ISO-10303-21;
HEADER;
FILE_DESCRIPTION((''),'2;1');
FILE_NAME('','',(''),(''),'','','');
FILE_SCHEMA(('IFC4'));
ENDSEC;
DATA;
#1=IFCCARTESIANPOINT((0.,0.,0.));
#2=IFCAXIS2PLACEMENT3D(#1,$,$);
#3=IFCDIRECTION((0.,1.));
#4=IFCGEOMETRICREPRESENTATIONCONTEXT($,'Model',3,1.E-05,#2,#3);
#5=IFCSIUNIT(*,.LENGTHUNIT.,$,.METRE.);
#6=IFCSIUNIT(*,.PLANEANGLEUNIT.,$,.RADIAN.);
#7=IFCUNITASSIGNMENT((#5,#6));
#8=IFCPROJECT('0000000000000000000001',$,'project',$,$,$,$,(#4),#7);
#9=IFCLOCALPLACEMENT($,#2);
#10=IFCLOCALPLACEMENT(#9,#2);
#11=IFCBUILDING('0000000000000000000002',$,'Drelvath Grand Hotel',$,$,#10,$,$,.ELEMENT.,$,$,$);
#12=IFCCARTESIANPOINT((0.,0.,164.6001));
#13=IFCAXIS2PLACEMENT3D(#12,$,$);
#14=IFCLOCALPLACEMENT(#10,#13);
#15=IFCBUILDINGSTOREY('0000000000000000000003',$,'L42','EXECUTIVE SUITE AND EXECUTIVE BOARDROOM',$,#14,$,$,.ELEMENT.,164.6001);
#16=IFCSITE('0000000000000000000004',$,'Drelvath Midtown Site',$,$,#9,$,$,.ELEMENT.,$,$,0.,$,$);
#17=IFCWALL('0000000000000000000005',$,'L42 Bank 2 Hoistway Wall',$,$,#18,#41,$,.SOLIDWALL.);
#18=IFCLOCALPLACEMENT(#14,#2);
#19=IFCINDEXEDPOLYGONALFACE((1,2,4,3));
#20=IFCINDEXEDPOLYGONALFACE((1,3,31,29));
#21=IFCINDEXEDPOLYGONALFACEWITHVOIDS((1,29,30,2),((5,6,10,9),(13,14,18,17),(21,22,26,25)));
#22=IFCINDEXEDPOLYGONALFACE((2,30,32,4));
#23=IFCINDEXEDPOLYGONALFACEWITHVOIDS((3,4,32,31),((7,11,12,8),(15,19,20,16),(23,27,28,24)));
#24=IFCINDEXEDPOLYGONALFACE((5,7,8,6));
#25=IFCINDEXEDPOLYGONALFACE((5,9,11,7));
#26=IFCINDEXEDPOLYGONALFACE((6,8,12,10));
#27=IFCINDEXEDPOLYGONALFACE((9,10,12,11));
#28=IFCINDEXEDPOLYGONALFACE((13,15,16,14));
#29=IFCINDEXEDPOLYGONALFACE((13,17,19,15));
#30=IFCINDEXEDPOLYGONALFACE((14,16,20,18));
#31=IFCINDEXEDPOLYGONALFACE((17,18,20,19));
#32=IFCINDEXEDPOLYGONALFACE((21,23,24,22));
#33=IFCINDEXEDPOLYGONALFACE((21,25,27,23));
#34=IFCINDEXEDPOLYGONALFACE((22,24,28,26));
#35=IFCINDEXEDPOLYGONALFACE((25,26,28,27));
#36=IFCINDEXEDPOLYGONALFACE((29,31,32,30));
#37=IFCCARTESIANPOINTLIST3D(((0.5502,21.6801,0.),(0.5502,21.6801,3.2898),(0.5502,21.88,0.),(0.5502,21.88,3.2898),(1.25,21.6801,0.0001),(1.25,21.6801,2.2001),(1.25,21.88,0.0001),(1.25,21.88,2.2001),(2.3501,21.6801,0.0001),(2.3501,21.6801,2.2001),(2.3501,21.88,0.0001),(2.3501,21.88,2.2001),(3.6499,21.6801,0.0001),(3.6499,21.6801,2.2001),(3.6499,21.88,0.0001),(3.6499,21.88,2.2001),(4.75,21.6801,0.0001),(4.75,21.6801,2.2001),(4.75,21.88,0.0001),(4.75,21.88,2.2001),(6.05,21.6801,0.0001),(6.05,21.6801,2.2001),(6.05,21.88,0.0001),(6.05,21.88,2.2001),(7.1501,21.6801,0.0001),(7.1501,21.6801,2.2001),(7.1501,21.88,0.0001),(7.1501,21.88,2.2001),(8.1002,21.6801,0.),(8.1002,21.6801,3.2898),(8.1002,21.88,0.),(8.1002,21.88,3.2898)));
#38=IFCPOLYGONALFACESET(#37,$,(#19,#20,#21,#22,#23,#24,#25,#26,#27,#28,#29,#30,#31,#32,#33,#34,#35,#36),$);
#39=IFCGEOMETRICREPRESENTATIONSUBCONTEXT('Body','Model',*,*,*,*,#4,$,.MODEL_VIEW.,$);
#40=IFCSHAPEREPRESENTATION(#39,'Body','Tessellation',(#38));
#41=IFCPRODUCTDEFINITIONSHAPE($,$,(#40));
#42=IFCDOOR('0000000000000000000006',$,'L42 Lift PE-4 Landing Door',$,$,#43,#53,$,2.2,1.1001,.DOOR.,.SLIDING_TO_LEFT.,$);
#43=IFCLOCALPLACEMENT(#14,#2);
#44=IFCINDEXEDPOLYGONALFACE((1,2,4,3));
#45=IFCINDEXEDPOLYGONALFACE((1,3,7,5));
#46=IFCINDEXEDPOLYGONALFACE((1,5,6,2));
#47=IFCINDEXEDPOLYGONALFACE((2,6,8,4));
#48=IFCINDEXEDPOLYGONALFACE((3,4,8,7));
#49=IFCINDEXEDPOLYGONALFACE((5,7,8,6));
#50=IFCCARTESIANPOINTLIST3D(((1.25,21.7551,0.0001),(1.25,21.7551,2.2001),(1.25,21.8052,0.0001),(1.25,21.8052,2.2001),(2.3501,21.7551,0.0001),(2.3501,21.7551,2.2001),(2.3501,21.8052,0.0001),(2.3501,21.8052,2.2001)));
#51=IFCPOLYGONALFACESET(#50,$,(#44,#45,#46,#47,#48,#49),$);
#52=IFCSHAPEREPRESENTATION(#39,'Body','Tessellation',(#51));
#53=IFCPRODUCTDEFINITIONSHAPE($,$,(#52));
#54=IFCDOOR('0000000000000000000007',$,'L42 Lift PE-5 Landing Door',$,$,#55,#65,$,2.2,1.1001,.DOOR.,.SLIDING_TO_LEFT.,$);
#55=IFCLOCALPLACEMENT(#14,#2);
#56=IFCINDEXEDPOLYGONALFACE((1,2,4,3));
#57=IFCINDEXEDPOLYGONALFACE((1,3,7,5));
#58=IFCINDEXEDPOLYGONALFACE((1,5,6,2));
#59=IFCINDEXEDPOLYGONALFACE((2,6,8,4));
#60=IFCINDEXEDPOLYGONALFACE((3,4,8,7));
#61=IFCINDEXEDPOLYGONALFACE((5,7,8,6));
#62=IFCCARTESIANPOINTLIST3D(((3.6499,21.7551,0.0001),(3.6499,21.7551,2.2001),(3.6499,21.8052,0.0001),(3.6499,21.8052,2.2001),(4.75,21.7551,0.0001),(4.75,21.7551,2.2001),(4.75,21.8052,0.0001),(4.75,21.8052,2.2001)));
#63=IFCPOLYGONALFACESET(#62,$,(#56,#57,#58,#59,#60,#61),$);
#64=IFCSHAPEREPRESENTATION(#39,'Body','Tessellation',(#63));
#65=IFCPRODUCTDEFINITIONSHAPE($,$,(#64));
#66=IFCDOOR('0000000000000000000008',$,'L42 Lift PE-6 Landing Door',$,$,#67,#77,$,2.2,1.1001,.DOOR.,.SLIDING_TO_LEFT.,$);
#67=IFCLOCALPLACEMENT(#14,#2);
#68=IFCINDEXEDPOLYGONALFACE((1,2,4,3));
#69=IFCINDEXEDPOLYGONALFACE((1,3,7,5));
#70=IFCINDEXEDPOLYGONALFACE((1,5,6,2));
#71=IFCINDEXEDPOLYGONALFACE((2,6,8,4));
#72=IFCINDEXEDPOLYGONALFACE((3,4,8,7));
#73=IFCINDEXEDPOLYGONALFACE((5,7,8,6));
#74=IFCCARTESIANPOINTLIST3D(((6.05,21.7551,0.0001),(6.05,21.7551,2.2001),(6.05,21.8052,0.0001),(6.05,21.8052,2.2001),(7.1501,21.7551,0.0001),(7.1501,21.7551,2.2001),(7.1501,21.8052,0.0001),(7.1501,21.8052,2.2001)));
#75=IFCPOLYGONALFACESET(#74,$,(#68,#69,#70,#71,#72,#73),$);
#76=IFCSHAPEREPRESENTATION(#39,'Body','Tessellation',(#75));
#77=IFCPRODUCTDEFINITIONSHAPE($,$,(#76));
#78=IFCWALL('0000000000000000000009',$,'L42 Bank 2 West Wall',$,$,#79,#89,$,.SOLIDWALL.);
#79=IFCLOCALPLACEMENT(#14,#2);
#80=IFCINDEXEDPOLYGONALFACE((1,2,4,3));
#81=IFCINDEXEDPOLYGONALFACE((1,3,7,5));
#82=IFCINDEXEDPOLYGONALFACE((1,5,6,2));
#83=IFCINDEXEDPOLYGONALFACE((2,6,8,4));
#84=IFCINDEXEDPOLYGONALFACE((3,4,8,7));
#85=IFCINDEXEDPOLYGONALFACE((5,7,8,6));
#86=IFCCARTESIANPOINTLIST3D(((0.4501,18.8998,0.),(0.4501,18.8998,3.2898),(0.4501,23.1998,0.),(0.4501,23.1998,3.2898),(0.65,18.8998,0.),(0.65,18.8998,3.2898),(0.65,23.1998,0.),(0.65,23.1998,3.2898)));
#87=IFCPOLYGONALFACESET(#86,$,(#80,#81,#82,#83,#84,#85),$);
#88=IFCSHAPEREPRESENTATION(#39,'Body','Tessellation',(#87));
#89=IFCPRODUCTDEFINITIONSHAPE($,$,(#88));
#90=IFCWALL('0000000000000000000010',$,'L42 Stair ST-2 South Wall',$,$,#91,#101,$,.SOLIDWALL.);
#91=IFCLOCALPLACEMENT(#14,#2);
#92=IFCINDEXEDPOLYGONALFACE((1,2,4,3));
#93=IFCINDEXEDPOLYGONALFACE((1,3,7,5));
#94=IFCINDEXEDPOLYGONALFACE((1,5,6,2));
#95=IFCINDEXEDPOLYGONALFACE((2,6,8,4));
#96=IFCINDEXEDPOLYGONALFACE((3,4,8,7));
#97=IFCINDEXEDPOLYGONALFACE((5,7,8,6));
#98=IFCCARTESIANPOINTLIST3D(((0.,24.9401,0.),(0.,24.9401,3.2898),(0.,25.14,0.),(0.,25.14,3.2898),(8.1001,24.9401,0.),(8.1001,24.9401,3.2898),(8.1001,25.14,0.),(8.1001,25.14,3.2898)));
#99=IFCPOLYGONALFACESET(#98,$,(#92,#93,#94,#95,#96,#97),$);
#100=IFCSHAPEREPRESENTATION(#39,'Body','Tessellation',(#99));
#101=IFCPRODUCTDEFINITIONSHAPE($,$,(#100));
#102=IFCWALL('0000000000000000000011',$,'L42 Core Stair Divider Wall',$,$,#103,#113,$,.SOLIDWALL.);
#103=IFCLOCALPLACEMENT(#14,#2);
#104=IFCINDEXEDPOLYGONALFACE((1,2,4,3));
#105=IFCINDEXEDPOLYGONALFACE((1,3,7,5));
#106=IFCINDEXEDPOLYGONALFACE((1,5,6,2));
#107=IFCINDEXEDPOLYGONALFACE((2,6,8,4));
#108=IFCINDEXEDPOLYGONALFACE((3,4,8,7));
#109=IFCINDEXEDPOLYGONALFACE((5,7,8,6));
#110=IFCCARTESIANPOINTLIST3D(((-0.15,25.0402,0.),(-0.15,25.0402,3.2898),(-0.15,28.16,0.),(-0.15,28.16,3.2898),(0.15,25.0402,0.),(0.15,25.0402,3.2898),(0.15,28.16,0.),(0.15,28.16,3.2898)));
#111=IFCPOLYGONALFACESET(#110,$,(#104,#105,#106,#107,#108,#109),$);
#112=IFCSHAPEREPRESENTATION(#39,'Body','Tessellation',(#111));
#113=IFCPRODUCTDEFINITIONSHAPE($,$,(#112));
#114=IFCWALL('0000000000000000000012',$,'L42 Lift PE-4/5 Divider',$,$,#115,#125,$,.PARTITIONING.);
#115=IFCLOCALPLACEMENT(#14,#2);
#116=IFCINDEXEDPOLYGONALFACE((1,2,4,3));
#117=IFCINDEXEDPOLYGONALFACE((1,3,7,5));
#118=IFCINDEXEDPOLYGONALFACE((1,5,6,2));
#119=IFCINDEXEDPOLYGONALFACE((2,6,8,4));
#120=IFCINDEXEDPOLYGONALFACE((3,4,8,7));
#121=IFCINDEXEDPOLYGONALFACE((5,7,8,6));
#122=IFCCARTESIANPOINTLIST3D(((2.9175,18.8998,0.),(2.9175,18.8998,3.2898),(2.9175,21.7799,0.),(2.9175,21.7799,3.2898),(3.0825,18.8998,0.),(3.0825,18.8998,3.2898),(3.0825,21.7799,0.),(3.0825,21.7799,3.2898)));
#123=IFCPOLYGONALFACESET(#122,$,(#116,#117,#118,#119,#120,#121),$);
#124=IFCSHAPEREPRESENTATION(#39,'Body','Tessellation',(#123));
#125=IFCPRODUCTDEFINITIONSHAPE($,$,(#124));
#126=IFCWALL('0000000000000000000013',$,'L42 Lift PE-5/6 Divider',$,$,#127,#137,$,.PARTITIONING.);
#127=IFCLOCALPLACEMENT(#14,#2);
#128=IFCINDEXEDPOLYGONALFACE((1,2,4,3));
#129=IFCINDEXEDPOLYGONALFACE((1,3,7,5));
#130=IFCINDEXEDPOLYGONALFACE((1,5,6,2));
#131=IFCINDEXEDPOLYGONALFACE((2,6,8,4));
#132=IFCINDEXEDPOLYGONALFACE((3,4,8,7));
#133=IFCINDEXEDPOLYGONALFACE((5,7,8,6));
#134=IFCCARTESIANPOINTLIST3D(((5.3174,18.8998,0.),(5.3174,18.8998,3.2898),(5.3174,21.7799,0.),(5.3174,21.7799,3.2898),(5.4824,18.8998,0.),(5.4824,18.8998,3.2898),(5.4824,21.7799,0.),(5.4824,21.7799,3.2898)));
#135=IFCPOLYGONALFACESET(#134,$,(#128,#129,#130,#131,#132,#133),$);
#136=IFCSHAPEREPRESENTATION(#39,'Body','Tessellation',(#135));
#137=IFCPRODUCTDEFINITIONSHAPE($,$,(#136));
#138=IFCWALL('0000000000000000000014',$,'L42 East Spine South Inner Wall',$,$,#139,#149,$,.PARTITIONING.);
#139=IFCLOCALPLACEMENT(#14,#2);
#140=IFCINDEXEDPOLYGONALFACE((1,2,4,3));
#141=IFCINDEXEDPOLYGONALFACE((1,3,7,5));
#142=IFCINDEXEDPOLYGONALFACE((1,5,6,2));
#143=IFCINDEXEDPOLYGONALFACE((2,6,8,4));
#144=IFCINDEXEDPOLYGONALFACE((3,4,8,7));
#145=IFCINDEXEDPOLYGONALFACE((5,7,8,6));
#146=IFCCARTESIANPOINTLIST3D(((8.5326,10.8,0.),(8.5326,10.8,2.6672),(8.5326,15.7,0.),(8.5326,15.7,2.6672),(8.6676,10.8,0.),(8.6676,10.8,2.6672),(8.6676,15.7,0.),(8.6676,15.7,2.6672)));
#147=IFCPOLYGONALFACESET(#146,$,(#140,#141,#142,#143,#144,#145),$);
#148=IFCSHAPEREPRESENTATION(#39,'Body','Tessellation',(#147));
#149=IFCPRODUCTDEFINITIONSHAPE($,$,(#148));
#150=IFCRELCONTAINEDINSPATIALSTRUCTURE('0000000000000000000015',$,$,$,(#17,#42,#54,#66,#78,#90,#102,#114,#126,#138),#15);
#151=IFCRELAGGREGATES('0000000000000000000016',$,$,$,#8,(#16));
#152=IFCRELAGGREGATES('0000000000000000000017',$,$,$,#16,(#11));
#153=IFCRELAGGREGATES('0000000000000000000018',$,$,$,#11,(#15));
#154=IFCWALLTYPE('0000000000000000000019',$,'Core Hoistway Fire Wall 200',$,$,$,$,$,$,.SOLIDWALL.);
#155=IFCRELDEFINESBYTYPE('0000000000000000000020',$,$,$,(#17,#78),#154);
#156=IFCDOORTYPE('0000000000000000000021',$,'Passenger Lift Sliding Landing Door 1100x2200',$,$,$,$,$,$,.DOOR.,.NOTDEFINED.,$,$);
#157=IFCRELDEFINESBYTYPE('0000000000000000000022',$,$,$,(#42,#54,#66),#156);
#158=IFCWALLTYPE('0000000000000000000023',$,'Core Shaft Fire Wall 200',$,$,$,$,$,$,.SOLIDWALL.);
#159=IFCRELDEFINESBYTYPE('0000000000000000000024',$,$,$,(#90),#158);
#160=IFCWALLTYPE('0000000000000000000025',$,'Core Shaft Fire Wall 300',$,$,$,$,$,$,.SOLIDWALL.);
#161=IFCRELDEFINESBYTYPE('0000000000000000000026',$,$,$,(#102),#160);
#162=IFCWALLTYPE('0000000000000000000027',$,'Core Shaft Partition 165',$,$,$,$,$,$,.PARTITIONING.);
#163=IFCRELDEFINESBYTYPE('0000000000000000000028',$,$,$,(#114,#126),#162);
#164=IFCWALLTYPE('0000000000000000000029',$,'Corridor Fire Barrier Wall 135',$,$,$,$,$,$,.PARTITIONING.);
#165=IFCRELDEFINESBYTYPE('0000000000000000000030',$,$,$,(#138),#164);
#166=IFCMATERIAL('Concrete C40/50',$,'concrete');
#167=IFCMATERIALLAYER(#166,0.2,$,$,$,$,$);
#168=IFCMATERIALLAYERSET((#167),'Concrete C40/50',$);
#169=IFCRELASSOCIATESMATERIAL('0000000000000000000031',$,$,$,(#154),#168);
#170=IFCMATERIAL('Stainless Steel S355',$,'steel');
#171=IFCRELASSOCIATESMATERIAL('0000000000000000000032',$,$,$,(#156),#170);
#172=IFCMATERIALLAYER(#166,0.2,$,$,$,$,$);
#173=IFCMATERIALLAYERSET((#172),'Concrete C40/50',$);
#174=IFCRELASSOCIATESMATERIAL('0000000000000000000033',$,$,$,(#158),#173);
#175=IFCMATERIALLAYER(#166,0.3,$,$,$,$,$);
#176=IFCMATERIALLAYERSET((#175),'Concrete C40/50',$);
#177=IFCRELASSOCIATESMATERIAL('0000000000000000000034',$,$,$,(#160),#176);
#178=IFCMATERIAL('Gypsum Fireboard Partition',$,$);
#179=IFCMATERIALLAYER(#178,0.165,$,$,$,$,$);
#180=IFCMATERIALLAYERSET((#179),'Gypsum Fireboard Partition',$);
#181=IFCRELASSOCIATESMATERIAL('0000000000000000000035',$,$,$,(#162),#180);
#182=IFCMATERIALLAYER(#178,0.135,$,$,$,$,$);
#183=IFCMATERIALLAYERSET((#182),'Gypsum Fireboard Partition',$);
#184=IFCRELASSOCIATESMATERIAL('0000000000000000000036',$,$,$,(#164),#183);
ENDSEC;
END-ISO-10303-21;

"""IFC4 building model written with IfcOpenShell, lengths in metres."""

from ifc_helpers import new_model, si_unit, direction, frame, frame_2d, origin, place, context, subcontext, project, spatial, rectangle, extrude, material, layer, layer_set, type_object, element, fill, save


model = new_model("IFC4")

# Units and contexts
model_context = context("Model", 3, precision=1e-05, world=origin(), true_north=direction((0.0, 1.0)))
body_context = subcontext(model_context, "Body", "Model", "MODEL_VIEW")
ifc_project = project(units=[si_unit("LENGTHUNIT", "METRE"), si_unit("PLANEANGLEUNIT", "RADIAN")], contexts=[model_context])

# Site, building, storey
site_placement = place(None, origin())
site = spatial("IfcSite", under=ifc_project, at=site_placement, Name="Drelvath Midtown Site", CompositionType="ELEMENT", RefElevation=0.0)
building_placement = place(site_placement, origin())
building = spatial("IfcBuilding", under=site, at=building_placement, Name="Drelvath Grand Hotel", CompositionType="ELEMENT")
storey_placement = place(building_placement, frame((0.0, 0.0, 164.6001)))
storey = spatial("IfcBuildingStorey", under=building, at=storey_placement, Name="L42", Description="EXECUTIVE SUITE AND EXECUTIVE BOARDROOM", CompositionType="ELEMENT", Elevation=164.6001)

# Wall, openings, doors
ifc_material_1 = material(Name="Concrete C40/50", Category="concrete")
ifc_layer_1 = layer(ifc_material_1, 0.2)
ifc_layer_set_1 = layer_set([ifc_layer_1], Name="Concrete C40/50")
wall_type_1 = type_object("IfcWallType", Name="Core Hoistway Fire Wall 200", PredefinedType="SOLIDWALL", material=ifc_layer_set_1)
wall_1_placement = place(storey_placement, frame((8.1001, 21.78, 0.0), z_axis=(0.0, 0.0, 1.0), x_axis=(-1.0, 0.0, 0.0)))
wall_1 = element("IfcWall", 1, at=wall_1_placement, inside=storey, type_object=wall_type_1, Name="L42 Bank 2 Hoistway Wall", PredefinedType="SOLIDWALL", context=body_context, shape_type="SweptSolid", body=[
    extrude(rectangle(XDim=7.55, YDim=0.2, at=frame_2d((3.7749, 0.0))), origin(), (0.0, 0.0, 1.0), 3.2898),
])
opening_1_placement = place(wall_1_placement, frame((5.75, 0.0, 0.0)))
opening_1 = element("IfcOpeningElement", 2, at=opening_1_placement, cuts=wall_1, PredefinedType="OPENING", context=body_context, shape_type="SweptSolid", body=[
    extrude(rectangle(XDim=1.1001, YDim=2.2, at=frame_2d((0.55, 1.1001))), frame((0.0, 0.1099, 0.0), z_axis=(0.0, -1.0, 0.0), x_axis=(1.0, 0.0, 0.0)), (0.0, 0.0, 1.0), 0.22),
])
opening_2_placement = place(wall_1_placement, frame((3.3501, 0.0, 0.0)))
opening_2 = element("IfcOpeningElement", 3, at=opening_2_placement, cuts=wall_1, PredefinedType="OPENING", context=body_context, shape_type="SweptSolid", body=[
    extrude(rectangle(XDim=1.1001, YDim=2.2, at=frame_2d((0.55, 1.1001))), frame((0.0, 0.1099, 0.0), z_axis=(0.0, -1.0, 0.0), x_axis=(1.0, 0.0, 0.0)), (0.0, 0.0, 1.0), 0.22),
])
opening_3_placement = place(wall_1_placement, frame((0.95, 0.0, 0.0)))
opening_3 = element("IfcOpeningElement", 4, at=opening_3_placement, cuts=wall_1, PredefinedType="OPENING", context=body_context, shape_type="SweptSolid", body=[
    extrude(rectangle(XDim=1.1001, YDim=2.2, at=frame_2d((0.55, 1.1001))), frame((0.0, 0.1099, 0.0), z_axis=(0.0, -1.0, 0.0), x_axis=(1.0, 0.0, 0.0)), (0.0, 0.0, 1.0), 0.22),
])
ifc_material_2 = material(Name="Stainless Steel S355", Category="steel")
door_type_1 = type_object("IfcDoorType", Name="Passenger Lift Sliding Landing Door 1100x2200", OperationType="NOTDEFINED", PredefinedType="DOOR", material=ifc_material_2)
door_1_placement = place(opening_1_placement, origin())
door_1 = element("IfcDoor", 5, at=door_1_placement, inside=storey, type_object=door_type_1, Name="L42 Lift PE-4 Landing Door", OperationType="SLIDING_TO_LEFT", OverallHeight=2.2, OverallWidth=1.1001, PredefinedType="DOOR", context=body_context, shape_type="SweptSolid", body=[
    extrude(rectangle(XDim=1.1001, YDim=2.2, at=frame_2d((0.55, 1.1001))), frame((0.0, 0.0249, 0.0), z_axis=(0.0, -1.0, 0.0), x_axis=(1.0, 0.0, 0.0)), (0.0, 0.0, 1.0), 0.05),
])
fill(opening_1, door_1)
door_2_placement = place(opening_2_placement, origin())
door_2 = element("IfcDoor", 6, at=door_2_placement, inside=storey, type_object=door_type_1, Name="L42 Lift PE-5 Landing Door", OperationType="SLIDING_TO_LEFT", OverallHeight=2.2, OverallWidth=1.1001, PredefinedType="DOOR", context=body_context, shape_type="SweptSolid", body=[
    extrude(rectangle(XDim=1.1001, YDim=2.2, at=frame_2d((0.55, 1.1001))), frame((0.0, 0.0249, 0.0), z_axis=(0.0, -1.0, 0.0), x_axis=(1.0, 0.0, 0.0)), (0.0, 0.0, 1.0), 0.05),
])
fill(opening_2, door_2)
door_3_placement = place(opening_3_placement, origin())
door_3 = element("IfcDoor", 7, at=door_3_placement, inside=storey, type_object=door_type_1, Name="L42 Lift PE-6 Landing Door", OperationType="SLIDING_TO_LEFT", OverallHeight=2.2, OverallWidth=1.1001, PredefinedType="DOOR", context=body_context, shape_type="SweptSolid", body=[
    extrude(rectangle(XDim=1.1001, YDim=2.2, at=frame_2d((0.55, 1.1001))), frame((0.0, 0.0249, 0.0), z_axis=(0.0, -1.0, 0.0), x_axis=(1.0, 0.0, 0.0)), (0.0, 0.0, 1.0), 0.05),
])
fill(opening_3, door_3)

# Walls
wall_2_placement = place(storey_placement, frame((0.55, 18.8999, 0.0), z_axis=(0.0, 0.0, 1.0), x_axis=(0.0, 1.0, 0.0)))
element("IfcWall", 8, at=wall_2_placement, inside=storey, type_object=wall_type_1, Name="L42 Bank 2 West Wall", PredefinedType="SOLIDWALL", context=body_context, shape_type="SweptSolid", body=[
    extrude(rectangle(XDim=4.3, YDim=0.2, at=frame_2d((2.1499, 0.0))), origin(), (0.0, 0.0, 1.0), 3.2898),
])
ifc_layer_2 = layer(ifc_material_1, 0.2)
ifc_layer_set_2 = layer_set([ifc_layer_2], Name="Concrete C40/50")
wall_type_2 = type_object("IfcWallType", Name="Core Shaft Fire Wall 200", PredefinedType="SOLIDWALL", material=ifc_layer_set_2)
wall_3_placement = place(storey_placement, frame((0.0, 25.04, 0.0), z_axis=(0.0, 0.0, 1.0), x_axis=(1.0, 0.0, 0.0)))
element("IfcWall", 9, at=wall_3_placement, inside=storey, type_object=wall_type_2, Name="L42 Stair ST-2 South Wall", PredefinedType="SOLIDWALL", context=body_context, shape_type="SweptSolid", body=[
    extrude(rectangle(XDim=8.1001, YDim=0.2, at=frame_2d((4.05, 0.0))), origin(), (0.0, 0.0, 1.0), 3.2898),
])
ifc_layer_3 = layer(ifc_material_1, 0.3)
ifc_layer_set_3 = layer_set([ifc_layer_3], Name="Concrete C40/50")
wall_type_3 = type_object("IfcWallType", Name="Core Shaft Fire Wall 300", PredefinedType="SOLIDWALL", material=ifc_layer_set_3)
wall_4_placement = place(storey_placement, frame((0.0, 25.04, 0.0), z_axis=(0.0, 0.0, 1.0), x_axis=(0.0, 1.0, 0.0)))
element("IfcWall", 10, at=wall_4_placement, inside=storey, type_object=wall_type_3, Name="L42 Core Stair Divider Wall", PredefinedType="SOLIDWALL", context=body_context, shape_type="SweptSolid", body=[
    extrude(rectangle(XDim=3.1199, YDim=0.3, at=frame_2d((1.5601, 0.0))), origin(), (0.0, 0.0, 1.0), 3.2898),
])
ifc_material_3 = material(Name="Gypsum Fireboard Partition")
ifc_layer_4 = layer(ifc_material_3, 0.165)
ifc_layer_set_4 = layer_set([ifc_layer_4], Name="Gypsum Fireboard Partition")
wall_type_4 = type_object("IfcWallType", Name="Core Shaft Partition 165", PredefinedType="PARTITIONING", material=ifc_layer_set_4)
for number, where, z_axis, x_axis, name in (
    (11, (3.0, 18.8999, 0.0), (0.0, 0.0, 1.0), (0.0, 1.0, 0.0), "L42 Lift PE-4/5 Divider"),
    (12, (5.3999, 18.8999, 0.0), (0.0, 0.0, 1.0), (0.0, 1.0, 0.0), "L42 Lift PE-5/6 Divider"),
):
    element("IfcWall", number, at=place(storey_placement, frame(where, z_axis=z_axis, x_axis=x_axis)), inside=storey, type_object=wall_type_4, Name=name, PredefinedType="PARTITIONING", context=body_context, shape_type="SweptSolid", body=[
        extrude(rectangle(XDim=2.8801, YDim=0.165, at=frame_2d((1.4399, 0.0))), origin(), (0.0, 0.0, 1.0), 3.2898),
    ])
ifc_layer_5 = layer(ifc_material_3, 0.135)
ifc_layer_set_5 = layer_set([ifc_layer_5], Name="Gypsum Fireboard Partition")
wall_type_5 = type_object("IfcWallType", Name="Corridor Fire Barrier Wall 135", PredefinedType="PARTITIONING", material=ifc_layer_set_5)
wall_5_placement = place(storey_placement, frame((8.6001, 10.8, 0.0), z_axis=(0.0, 0.0, 1.0), x_axis=(0.0, 1.0, 0.0)))
element("IfcWall", 13, at=wall_5_placement, inside=storey, type_object=wall_type_5, Name="L42 East Spine South Inner Wall", PredefinedType="PARTITIONING", context=body_context, shape_type="SweptSolid", body=[
    extrude(rectangle(XDim=4.8999, YDim=0.135, at=frame_2d((2.45, 0.0))), origin(), (0.0, 0.0, 1.0), 2.6672),
])

save(model, "model.ifc")
